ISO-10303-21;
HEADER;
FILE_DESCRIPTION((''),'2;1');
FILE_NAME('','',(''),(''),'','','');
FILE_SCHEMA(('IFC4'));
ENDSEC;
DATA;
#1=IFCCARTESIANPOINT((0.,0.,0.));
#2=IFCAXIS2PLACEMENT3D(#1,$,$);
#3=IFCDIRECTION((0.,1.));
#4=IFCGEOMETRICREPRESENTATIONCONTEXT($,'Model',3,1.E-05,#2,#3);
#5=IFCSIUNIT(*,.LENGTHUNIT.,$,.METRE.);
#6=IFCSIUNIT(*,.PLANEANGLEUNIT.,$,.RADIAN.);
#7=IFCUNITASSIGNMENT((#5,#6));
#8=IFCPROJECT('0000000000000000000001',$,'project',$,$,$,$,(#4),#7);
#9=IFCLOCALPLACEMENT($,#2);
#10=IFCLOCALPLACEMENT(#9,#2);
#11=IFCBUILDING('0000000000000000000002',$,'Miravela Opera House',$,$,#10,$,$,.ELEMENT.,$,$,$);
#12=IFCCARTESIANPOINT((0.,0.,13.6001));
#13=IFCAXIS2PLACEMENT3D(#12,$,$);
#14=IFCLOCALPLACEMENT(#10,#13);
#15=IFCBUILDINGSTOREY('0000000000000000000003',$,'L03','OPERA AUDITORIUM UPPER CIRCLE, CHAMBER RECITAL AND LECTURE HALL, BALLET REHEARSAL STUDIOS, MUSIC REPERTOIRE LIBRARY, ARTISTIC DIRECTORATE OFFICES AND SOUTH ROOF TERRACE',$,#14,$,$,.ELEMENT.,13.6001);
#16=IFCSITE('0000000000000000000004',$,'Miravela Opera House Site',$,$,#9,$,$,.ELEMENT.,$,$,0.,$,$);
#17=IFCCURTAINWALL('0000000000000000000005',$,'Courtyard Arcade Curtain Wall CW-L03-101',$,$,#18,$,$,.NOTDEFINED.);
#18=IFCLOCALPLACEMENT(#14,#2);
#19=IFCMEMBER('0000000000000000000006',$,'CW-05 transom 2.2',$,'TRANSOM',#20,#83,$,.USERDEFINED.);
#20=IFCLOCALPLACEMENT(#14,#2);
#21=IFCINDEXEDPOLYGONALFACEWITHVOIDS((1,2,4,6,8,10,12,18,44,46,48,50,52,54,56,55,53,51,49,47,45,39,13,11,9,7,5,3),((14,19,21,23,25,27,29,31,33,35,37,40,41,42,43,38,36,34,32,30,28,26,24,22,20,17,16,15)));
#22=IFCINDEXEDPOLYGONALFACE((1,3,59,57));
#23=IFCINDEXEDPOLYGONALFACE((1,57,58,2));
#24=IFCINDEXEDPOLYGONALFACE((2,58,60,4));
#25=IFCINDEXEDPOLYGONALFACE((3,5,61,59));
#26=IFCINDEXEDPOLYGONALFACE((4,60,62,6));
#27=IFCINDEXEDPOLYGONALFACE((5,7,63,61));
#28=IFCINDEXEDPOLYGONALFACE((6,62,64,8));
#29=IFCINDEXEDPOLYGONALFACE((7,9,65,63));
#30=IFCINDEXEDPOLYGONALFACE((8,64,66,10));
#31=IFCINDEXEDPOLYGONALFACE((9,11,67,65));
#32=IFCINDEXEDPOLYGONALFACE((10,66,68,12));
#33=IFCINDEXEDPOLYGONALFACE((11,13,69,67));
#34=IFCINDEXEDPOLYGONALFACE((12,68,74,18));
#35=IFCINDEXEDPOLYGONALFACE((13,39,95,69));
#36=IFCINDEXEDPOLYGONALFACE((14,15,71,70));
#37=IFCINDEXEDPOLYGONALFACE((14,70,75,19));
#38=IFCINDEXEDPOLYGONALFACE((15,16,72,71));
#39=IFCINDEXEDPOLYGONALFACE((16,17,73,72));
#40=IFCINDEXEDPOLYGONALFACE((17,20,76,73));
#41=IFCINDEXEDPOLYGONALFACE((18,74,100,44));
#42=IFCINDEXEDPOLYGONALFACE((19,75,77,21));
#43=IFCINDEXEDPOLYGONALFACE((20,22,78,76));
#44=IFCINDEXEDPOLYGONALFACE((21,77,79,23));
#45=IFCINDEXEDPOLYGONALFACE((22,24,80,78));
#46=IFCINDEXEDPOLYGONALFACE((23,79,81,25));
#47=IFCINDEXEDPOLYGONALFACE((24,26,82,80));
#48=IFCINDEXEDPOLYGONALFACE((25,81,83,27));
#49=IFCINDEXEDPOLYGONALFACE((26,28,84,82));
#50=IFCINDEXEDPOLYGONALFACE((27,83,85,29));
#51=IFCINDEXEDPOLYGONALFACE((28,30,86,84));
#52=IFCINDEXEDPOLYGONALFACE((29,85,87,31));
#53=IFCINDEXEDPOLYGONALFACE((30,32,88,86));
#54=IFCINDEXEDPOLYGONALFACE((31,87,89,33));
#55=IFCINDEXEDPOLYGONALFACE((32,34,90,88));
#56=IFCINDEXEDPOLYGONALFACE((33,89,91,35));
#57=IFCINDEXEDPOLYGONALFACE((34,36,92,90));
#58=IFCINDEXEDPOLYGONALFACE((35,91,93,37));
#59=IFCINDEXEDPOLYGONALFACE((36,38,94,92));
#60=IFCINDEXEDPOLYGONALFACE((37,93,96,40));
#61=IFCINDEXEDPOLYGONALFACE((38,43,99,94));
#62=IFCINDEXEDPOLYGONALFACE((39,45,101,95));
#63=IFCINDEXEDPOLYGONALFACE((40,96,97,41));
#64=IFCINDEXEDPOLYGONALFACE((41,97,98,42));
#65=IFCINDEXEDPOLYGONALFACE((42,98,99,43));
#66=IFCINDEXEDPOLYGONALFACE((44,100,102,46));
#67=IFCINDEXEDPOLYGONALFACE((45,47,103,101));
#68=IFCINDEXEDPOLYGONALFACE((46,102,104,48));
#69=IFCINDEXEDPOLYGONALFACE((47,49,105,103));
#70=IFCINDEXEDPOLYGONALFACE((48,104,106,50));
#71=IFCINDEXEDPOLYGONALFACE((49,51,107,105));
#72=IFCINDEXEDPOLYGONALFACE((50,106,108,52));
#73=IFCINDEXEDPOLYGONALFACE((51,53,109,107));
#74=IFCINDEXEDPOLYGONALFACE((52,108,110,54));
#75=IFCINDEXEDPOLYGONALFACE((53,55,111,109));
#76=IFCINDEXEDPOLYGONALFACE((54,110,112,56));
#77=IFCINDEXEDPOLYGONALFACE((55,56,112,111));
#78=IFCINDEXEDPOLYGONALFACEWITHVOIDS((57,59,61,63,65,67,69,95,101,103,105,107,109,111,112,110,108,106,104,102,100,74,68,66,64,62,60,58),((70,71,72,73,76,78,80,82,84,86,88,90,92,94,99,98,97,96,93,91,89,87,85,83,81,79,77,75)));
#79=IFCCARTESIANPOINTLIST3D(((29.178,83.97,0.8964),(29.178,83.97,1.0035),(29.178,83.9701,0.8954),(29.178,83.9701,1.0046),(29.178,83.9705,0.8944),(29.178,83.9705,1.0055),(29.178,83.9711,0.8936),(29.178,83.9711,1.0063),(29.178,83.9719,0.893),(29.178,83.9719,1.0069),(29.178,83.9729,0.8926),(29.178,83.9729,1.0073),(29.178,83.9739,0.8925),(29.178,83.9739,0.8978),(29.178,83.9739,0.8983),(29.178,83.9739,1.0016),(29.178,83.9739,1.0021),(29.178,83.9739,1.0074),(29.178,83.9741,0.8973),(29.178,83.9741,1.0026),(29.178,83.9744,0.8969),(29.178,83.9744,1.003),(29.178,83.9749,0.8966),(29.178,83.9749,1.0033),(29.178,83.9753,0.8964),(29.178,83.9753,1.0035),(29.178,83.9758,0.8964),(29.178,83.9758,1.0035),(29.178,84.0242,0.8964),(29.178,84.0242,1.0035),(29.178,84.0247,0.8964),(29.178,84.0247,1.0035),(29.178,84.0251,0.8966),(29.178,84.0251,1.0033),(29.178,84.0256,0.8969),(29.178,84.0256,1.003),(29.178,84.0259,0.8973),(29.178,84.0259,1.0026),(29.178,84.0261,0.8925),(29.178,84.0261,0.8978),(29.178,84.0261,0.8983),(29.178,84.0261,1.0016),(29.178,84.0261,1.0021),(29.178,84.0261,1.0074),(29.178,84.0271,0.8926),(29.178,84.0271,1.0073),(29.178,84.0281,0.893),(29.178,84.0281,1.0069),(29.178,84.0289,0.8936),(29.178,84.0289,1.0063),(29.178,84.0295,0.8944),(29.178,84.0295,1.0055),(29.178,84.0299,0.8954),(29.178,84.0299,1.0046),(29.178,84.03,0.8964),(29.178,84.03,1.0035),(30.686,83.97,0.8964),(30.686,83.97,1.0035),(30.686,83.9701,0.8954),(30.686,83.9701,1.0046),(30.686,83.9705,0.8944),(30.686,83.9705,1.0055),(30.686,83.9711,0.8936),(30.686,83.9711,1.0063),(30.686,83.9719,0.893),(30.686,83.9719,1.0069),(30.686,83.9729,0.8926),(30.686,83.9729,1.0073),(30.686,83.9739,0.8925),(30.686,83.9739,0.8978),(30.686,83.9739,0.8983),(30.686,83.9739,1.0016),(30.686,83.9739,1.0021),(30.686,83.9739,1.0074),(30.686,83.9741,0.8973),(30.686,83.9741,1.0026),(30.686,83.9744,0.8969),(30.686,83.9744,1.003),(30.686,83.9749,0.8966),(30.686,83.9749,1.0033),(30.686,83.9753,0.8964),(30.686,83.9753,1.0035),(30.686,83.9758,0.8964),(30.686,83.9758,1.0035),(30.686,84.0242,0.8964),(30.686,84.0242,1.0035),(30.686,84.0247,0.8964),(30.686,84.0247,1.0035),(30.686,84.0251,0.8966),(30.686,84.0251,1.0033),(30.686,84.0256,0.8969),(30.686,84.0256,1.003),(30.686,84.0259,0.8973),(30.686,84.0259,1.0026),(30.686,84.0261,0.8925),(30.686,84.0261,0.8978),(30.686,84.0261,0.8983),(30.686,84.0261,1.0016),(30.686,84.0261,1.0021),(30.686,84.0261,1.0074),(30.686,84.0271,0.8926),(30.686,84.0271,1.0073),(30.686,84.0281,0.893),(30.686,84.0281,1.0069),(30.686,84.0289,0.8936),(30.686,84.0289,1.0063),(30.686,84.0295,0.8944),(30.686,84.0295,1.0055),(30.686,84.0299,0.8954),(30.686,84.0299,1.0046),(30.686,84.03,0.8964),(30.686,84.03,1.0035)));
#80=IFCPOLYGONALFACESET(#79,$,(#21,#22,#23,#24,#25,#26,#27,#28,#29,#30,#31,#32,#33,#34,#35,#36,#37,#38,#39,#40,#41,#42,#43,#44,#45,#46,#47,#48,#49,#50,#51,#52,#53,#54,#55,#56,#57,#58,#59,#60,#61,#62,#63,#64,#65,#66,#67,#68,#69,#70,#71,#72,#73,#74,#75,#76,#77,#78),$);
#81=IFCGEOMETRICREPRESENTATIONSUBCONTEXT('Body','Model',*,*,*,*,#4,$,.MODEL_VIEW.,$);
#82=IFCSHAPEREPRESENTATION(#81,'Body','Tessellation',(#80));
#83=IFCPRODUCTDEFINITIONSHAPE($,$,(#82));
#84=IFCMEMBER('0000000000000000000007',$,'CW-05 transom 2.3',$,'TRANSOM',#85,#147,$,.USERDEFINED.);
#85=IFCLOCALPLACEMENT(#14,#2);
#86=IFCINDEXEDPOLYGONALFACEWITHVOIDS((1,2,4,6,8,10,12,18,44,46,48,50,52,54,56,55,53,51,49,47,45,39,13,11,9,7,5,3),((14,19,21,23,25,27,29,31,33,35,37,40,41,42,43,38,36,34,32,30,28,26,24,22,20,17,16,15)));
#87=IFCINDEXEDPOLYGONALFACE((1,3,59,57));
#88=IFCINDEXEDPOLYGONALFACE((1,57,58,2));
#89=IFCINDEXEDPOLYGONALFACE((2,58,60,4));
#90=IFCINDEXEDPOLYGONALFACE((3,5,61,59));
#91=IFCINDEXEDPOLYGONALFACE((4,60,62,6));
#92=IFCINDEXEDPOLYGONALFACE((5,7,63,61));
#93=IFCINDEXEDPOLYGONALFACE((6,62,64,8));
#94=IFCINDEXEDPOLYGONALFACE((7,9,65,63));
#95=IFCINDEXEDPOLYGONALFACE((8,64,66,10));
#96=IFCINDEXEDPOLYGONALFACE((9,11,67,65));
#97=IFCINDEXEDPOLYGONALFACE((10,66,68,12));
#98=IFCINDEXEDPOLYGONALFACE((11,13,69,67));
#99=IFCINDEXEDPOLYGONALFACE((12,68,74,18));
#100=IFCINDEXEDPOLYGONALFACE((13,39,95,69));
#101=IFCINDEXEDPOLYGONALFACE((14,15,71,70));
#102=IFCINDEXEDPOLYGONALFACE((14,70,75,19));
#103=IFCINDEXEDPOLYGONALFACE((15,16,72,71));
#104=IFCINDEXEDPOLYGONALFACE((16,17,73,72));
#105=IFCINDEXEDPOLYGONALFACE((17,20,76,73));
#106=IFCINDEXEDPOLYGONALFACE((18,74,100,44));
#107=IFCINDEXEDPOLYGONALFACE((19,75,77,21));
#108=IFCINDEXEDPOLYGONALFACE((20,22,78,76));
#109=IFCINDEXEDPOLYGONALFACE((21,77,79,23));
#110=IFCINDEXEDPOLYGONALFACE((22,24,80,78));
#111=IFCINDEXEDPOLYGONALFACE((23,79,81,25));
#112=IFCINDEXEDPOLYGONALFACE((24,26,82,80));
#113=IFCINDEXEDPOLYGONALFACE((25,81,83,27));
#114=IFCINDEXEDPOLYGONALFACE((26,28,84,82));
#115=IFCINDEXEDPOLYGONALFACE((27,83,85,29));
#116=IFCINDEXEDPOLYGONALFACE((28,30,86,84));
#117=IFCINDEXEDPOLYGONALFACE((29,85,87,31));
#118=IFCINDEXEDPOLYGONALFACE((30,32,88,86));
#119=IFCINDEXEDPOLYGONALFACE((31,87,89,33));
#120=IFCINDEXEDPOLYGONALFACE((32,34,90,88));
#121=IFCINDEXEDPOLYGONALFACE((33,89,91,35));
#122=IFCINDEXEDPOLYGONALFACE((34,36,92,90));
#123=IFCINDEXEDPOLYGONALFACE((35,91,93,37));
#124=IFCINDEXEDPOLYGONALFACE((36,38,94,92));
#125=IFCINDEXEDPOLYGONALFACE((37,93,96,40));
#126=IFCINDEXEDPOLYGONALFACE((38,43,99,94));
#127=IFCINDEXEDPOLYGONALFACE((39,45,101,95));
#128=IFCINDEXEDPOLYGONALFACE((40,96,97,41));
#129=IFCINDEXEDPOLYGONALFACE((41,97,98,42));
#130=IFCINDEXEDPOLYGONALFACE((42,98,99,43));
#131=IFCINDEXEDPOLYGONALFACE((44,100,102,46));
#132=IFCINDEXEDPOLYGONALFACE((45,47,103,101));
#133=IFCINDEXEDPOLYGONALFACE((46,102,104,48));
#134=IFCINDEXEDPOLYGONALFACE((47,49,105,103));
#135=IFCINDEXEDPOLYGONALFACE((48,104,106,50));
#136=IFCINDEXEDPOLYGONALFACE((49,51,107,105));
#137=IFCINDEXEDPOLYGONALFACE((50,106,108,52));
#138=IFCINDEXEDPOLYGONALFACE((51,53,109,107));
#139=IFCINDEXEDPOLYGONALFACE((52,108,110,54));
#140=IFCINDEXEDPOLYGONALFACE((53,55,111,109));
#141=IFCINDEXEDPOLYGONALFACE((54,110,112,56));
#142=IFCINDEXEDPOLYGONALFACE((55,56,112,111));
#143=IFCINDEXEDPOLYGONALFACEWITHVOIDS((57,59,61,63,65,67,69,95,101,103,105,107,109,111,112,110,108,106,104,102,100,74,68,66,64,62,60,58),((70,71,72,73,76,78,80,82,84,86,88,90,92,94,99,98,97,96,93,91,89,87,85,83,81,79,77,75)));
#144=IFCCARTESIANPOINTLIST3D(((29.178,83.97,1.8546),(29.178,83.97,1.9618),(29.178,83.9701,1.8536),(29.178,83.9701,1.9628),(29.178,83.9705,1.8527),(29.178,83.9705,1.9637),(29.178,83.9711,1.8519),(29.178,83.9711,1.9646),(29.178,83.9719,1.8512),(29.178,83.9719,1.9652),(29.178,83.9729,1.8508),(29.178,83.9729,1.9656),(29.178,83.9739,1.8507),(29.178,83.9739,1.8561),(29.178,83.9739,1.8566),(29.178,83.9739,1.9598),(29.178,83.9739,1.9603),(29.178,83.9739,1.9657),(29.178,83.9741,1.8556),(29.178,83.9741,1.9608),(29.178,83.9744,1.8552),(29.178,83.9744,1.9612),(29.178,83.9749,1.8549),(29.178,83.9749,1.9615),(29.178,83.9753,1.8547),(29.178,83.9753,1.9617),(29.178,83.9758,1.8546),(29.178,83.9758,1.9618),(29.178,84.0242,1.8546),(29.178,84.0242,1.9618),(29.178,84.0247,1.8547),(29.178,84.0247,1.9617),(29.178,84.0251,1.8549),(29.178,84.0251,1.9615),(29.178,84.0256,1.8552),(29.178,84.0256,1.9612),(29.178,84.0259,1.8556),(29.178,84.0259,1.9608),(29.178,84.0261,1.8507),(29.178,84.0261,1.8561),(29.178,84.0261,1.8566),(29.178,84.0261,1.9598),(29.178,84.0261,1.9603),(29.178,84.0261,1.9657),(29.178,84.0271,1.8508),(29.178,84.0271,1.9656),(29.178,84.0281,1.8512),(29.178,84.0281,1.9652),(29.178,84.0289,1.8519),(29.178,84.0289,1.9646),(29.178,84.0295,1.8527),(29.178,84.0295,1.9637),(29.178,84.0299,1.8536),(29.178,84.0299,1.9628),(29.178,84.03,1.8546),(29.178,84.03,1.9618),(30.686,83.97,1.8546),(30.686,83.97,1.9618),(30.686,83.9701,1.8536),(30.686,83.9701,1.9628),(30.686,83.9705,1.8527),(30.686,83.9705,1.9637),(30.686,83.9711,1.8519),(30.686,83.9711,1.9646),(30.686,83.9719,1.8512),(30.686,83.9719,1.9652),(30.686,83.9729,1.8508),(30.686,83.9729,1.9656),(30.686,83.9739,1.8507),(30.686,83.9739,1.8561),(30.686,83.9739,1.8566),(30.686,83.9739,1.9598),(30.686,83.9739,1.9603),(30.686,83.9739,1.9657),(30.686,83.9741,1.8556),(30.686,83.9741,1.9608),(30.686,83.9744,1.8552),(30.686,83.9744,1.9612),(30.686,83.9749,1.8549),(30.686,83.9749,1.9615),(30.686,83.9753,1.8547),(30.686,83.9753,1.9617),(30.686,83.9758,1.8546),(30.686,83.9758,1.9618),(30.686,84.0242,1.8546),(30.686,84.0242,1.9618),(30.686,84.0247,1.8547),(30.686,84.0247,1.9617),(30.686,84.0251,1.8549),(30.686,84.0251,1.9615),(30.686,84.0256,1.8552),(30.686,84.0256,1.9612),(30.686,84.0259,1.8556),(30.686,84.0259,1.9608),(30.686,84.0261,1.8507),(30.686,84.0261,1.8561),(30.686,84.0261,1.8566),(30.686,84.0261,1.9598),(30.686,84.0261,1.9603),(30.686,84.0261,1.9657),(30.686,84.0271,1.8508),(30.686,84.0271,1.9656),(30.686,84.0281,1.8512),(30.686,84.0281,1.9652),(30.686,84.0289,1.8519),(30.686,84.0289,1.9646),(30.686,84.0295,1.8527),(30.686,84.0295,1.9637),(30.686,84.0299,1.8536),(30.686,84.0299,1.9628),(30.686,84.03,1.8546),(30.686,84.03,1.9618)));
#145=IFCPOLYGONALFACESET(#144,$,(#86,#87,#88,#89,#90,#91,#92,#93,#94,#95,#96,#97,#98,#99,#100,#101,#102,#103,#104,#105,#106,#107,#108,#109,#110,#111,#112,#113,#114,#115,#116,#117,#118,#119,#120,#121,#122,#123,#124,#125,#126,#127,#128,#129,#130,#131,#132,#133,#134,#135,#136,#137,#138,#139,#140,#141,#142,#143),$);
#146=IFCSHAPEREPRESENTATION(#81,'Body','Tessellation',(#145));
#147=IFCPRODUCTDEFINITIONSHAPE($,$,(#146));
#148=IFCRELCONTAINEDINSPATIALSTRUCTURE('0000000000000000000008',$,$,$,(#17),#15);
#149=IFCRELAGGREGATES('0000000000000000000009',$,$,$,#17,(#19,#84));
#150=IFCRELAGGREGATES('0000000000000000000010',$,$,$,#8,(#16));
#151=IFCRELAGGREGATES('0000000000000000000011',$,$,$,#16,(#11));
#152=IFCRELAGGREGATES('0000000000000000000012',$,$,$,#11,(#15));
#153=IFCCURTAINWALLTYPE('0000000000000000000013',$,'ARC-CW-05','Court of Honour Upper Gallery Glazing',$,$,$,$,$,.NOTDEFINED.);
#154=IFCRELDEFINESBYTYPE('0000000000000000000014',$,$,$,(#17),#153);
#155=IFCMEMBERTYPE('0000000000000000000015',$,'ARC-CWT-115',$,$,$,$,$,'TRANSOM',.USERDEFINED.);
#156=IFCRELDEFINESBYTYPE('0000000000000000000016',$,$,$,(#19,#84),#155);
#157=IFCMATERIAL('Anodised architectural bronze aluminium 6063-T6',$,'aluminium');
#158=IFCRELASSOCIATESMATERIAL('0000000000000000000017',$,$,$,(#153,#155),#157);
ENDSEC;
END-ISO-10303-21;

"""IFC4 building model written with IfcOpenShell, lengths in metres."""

from ifc_helpers import new_model, si_unit, direction, frame, origin, origin_2d, place, context, subcontext, project, spatial, hollow_rectangle, extrude, material, material_profile, profile_set, type_object, element, aggregate, save


model = new_model("IFC4")

# Units and contexts
model_context = context("Model", 3, precision=1e-05, world=origin(), true_north=direction((0.0, 1.0)))
body_context = subcontext(model_context, "Body", "Model", "MODEL_VIEW")
ifc_project = project(units=[si_unit("LENGTHUNIT", "METRE"), si_unit("PLANEANGLEUNIT", "RADIAN")], contexts=[model_context])

# Site, building, storey
site_placement = place(None, origin())
site = spatial("IfcSite", under=ifc_project, at=site_placement, Name="Miravela Opera House Site", CompositionType="ELEMENT", RefElevation=0.0)
building_placement = place(site_placement, origin())
building = spatial("IfcBuilding", under=site, at=building_placement, Name="Miravela Opera House", CompositionType="ELEMENT")
storey_placement = place(building_placement, frame((0.0, 0.0, 13.6001)))
storey = spatial("IfcBuildingStorey", under=building, at=storey_placement, Name="L03", Description="OPERA AUDITORIUM UPPER CIRCLE, CHAMBER RECITAL AND LECTURE HALL, BALLET REHEARSAL STUDIOS, MUSIC REPERTOIRE LIBRARY, ARTISTIC DIRECTORATE OFFICES AND SOUTH ROOF TERRACE", CompositionType="ELEMENT", Elevation=13.6001)

# Curtain wall, members
ifc_material_1 = material(Name="Anodised architectural bronze aluminium 6063-T6", Category="aluminium")
curtain_wall_type = type_object("IfcCurtainWallType", Name="ARC-CW-05", Description="Court of Honour Upper Gallery Glazing", PredefinedType="NOTDEFINED", material=ifc_material_1)
curtain_wall_placement = place(storey_placement, origin())
curtain_wall = element("IfcCurtainWall", 1, at=curtain_wall_placement, inside=storey, type_object=curtain_wall_type, Name="Courtyard Arcade Curtain Wall CW-L03-101", PredefinedType="NOTDEFINED")
ifc_material_profile_1 = material_profile(ifc_material_1, hollow_rectangle(XDim=0.0601, YDim=0.115, WallThickness=0.0039, InnerFilletRadius=0.002, OuterFilletRadius=0.0039, at=origin_2d()), Name="CWT-60X115")
ifc_profile_set_1 = profile_set([ifc_material_profile_1])
member_type_1 = type_object("IfcMemberType", Name="ARC-CWT-115", ElementType="TRANSOM", PredefinedType="USERDEFINED", material=ifc_profile_set_1)
member_1_placement = place(storey_placement, frame((29.178, 84.0, 0.95), z_axis=(1.0, 0.0, 0.0), x_axis=(0.0, 1.0, 0.0)))
member_1 = element("IfcMember", 2, at=member_1_placement, type_object=member_type_1, Name="CW-05 transom 2.2", ObjectType="TRANSOM", PredefinedType="USERDEFINED", context=body_context, shape_type="SweptSolid", body=[
    extrude(hollow_rectangle(XDim=0.0601, YDim=0.115, WallThickness=0.0039, InnerFilletRadius=0.002, OuterFilletRadius=0.0039, at=origin_2d()), origin(), (0.0, 0.0, 1.0), 1.5081),
])
member_2_placement = place(storey_placement, frame((29.178, 84.0, 1.9082), z_axis=(1.0, 0.0, 0.0), x_axis=(0.0, 1.0, 0.0)))
member_2 = element("IfcMember", 3, at=member_2_placement, type_object=member_type_1, Name="CW-05 transom 2.3", ObjectType="TRANSOM", PredefinedType="USERDEFINED", context=body_context, shape_type="SweptSolid", body=[
    extrude(hollow_rectangle(XDim=0.0601, YDim=0.115, WallThickness=0.0039, InnerFilletRadius=0.002, OuterFilletRadius=0.0039, at=origin_2d()), origin(), (0.0, 0.0, 1.0), 1.5081),
])

aggregate(curtain_wall, [member_1, member_2])

save(model, "model.ifc")
